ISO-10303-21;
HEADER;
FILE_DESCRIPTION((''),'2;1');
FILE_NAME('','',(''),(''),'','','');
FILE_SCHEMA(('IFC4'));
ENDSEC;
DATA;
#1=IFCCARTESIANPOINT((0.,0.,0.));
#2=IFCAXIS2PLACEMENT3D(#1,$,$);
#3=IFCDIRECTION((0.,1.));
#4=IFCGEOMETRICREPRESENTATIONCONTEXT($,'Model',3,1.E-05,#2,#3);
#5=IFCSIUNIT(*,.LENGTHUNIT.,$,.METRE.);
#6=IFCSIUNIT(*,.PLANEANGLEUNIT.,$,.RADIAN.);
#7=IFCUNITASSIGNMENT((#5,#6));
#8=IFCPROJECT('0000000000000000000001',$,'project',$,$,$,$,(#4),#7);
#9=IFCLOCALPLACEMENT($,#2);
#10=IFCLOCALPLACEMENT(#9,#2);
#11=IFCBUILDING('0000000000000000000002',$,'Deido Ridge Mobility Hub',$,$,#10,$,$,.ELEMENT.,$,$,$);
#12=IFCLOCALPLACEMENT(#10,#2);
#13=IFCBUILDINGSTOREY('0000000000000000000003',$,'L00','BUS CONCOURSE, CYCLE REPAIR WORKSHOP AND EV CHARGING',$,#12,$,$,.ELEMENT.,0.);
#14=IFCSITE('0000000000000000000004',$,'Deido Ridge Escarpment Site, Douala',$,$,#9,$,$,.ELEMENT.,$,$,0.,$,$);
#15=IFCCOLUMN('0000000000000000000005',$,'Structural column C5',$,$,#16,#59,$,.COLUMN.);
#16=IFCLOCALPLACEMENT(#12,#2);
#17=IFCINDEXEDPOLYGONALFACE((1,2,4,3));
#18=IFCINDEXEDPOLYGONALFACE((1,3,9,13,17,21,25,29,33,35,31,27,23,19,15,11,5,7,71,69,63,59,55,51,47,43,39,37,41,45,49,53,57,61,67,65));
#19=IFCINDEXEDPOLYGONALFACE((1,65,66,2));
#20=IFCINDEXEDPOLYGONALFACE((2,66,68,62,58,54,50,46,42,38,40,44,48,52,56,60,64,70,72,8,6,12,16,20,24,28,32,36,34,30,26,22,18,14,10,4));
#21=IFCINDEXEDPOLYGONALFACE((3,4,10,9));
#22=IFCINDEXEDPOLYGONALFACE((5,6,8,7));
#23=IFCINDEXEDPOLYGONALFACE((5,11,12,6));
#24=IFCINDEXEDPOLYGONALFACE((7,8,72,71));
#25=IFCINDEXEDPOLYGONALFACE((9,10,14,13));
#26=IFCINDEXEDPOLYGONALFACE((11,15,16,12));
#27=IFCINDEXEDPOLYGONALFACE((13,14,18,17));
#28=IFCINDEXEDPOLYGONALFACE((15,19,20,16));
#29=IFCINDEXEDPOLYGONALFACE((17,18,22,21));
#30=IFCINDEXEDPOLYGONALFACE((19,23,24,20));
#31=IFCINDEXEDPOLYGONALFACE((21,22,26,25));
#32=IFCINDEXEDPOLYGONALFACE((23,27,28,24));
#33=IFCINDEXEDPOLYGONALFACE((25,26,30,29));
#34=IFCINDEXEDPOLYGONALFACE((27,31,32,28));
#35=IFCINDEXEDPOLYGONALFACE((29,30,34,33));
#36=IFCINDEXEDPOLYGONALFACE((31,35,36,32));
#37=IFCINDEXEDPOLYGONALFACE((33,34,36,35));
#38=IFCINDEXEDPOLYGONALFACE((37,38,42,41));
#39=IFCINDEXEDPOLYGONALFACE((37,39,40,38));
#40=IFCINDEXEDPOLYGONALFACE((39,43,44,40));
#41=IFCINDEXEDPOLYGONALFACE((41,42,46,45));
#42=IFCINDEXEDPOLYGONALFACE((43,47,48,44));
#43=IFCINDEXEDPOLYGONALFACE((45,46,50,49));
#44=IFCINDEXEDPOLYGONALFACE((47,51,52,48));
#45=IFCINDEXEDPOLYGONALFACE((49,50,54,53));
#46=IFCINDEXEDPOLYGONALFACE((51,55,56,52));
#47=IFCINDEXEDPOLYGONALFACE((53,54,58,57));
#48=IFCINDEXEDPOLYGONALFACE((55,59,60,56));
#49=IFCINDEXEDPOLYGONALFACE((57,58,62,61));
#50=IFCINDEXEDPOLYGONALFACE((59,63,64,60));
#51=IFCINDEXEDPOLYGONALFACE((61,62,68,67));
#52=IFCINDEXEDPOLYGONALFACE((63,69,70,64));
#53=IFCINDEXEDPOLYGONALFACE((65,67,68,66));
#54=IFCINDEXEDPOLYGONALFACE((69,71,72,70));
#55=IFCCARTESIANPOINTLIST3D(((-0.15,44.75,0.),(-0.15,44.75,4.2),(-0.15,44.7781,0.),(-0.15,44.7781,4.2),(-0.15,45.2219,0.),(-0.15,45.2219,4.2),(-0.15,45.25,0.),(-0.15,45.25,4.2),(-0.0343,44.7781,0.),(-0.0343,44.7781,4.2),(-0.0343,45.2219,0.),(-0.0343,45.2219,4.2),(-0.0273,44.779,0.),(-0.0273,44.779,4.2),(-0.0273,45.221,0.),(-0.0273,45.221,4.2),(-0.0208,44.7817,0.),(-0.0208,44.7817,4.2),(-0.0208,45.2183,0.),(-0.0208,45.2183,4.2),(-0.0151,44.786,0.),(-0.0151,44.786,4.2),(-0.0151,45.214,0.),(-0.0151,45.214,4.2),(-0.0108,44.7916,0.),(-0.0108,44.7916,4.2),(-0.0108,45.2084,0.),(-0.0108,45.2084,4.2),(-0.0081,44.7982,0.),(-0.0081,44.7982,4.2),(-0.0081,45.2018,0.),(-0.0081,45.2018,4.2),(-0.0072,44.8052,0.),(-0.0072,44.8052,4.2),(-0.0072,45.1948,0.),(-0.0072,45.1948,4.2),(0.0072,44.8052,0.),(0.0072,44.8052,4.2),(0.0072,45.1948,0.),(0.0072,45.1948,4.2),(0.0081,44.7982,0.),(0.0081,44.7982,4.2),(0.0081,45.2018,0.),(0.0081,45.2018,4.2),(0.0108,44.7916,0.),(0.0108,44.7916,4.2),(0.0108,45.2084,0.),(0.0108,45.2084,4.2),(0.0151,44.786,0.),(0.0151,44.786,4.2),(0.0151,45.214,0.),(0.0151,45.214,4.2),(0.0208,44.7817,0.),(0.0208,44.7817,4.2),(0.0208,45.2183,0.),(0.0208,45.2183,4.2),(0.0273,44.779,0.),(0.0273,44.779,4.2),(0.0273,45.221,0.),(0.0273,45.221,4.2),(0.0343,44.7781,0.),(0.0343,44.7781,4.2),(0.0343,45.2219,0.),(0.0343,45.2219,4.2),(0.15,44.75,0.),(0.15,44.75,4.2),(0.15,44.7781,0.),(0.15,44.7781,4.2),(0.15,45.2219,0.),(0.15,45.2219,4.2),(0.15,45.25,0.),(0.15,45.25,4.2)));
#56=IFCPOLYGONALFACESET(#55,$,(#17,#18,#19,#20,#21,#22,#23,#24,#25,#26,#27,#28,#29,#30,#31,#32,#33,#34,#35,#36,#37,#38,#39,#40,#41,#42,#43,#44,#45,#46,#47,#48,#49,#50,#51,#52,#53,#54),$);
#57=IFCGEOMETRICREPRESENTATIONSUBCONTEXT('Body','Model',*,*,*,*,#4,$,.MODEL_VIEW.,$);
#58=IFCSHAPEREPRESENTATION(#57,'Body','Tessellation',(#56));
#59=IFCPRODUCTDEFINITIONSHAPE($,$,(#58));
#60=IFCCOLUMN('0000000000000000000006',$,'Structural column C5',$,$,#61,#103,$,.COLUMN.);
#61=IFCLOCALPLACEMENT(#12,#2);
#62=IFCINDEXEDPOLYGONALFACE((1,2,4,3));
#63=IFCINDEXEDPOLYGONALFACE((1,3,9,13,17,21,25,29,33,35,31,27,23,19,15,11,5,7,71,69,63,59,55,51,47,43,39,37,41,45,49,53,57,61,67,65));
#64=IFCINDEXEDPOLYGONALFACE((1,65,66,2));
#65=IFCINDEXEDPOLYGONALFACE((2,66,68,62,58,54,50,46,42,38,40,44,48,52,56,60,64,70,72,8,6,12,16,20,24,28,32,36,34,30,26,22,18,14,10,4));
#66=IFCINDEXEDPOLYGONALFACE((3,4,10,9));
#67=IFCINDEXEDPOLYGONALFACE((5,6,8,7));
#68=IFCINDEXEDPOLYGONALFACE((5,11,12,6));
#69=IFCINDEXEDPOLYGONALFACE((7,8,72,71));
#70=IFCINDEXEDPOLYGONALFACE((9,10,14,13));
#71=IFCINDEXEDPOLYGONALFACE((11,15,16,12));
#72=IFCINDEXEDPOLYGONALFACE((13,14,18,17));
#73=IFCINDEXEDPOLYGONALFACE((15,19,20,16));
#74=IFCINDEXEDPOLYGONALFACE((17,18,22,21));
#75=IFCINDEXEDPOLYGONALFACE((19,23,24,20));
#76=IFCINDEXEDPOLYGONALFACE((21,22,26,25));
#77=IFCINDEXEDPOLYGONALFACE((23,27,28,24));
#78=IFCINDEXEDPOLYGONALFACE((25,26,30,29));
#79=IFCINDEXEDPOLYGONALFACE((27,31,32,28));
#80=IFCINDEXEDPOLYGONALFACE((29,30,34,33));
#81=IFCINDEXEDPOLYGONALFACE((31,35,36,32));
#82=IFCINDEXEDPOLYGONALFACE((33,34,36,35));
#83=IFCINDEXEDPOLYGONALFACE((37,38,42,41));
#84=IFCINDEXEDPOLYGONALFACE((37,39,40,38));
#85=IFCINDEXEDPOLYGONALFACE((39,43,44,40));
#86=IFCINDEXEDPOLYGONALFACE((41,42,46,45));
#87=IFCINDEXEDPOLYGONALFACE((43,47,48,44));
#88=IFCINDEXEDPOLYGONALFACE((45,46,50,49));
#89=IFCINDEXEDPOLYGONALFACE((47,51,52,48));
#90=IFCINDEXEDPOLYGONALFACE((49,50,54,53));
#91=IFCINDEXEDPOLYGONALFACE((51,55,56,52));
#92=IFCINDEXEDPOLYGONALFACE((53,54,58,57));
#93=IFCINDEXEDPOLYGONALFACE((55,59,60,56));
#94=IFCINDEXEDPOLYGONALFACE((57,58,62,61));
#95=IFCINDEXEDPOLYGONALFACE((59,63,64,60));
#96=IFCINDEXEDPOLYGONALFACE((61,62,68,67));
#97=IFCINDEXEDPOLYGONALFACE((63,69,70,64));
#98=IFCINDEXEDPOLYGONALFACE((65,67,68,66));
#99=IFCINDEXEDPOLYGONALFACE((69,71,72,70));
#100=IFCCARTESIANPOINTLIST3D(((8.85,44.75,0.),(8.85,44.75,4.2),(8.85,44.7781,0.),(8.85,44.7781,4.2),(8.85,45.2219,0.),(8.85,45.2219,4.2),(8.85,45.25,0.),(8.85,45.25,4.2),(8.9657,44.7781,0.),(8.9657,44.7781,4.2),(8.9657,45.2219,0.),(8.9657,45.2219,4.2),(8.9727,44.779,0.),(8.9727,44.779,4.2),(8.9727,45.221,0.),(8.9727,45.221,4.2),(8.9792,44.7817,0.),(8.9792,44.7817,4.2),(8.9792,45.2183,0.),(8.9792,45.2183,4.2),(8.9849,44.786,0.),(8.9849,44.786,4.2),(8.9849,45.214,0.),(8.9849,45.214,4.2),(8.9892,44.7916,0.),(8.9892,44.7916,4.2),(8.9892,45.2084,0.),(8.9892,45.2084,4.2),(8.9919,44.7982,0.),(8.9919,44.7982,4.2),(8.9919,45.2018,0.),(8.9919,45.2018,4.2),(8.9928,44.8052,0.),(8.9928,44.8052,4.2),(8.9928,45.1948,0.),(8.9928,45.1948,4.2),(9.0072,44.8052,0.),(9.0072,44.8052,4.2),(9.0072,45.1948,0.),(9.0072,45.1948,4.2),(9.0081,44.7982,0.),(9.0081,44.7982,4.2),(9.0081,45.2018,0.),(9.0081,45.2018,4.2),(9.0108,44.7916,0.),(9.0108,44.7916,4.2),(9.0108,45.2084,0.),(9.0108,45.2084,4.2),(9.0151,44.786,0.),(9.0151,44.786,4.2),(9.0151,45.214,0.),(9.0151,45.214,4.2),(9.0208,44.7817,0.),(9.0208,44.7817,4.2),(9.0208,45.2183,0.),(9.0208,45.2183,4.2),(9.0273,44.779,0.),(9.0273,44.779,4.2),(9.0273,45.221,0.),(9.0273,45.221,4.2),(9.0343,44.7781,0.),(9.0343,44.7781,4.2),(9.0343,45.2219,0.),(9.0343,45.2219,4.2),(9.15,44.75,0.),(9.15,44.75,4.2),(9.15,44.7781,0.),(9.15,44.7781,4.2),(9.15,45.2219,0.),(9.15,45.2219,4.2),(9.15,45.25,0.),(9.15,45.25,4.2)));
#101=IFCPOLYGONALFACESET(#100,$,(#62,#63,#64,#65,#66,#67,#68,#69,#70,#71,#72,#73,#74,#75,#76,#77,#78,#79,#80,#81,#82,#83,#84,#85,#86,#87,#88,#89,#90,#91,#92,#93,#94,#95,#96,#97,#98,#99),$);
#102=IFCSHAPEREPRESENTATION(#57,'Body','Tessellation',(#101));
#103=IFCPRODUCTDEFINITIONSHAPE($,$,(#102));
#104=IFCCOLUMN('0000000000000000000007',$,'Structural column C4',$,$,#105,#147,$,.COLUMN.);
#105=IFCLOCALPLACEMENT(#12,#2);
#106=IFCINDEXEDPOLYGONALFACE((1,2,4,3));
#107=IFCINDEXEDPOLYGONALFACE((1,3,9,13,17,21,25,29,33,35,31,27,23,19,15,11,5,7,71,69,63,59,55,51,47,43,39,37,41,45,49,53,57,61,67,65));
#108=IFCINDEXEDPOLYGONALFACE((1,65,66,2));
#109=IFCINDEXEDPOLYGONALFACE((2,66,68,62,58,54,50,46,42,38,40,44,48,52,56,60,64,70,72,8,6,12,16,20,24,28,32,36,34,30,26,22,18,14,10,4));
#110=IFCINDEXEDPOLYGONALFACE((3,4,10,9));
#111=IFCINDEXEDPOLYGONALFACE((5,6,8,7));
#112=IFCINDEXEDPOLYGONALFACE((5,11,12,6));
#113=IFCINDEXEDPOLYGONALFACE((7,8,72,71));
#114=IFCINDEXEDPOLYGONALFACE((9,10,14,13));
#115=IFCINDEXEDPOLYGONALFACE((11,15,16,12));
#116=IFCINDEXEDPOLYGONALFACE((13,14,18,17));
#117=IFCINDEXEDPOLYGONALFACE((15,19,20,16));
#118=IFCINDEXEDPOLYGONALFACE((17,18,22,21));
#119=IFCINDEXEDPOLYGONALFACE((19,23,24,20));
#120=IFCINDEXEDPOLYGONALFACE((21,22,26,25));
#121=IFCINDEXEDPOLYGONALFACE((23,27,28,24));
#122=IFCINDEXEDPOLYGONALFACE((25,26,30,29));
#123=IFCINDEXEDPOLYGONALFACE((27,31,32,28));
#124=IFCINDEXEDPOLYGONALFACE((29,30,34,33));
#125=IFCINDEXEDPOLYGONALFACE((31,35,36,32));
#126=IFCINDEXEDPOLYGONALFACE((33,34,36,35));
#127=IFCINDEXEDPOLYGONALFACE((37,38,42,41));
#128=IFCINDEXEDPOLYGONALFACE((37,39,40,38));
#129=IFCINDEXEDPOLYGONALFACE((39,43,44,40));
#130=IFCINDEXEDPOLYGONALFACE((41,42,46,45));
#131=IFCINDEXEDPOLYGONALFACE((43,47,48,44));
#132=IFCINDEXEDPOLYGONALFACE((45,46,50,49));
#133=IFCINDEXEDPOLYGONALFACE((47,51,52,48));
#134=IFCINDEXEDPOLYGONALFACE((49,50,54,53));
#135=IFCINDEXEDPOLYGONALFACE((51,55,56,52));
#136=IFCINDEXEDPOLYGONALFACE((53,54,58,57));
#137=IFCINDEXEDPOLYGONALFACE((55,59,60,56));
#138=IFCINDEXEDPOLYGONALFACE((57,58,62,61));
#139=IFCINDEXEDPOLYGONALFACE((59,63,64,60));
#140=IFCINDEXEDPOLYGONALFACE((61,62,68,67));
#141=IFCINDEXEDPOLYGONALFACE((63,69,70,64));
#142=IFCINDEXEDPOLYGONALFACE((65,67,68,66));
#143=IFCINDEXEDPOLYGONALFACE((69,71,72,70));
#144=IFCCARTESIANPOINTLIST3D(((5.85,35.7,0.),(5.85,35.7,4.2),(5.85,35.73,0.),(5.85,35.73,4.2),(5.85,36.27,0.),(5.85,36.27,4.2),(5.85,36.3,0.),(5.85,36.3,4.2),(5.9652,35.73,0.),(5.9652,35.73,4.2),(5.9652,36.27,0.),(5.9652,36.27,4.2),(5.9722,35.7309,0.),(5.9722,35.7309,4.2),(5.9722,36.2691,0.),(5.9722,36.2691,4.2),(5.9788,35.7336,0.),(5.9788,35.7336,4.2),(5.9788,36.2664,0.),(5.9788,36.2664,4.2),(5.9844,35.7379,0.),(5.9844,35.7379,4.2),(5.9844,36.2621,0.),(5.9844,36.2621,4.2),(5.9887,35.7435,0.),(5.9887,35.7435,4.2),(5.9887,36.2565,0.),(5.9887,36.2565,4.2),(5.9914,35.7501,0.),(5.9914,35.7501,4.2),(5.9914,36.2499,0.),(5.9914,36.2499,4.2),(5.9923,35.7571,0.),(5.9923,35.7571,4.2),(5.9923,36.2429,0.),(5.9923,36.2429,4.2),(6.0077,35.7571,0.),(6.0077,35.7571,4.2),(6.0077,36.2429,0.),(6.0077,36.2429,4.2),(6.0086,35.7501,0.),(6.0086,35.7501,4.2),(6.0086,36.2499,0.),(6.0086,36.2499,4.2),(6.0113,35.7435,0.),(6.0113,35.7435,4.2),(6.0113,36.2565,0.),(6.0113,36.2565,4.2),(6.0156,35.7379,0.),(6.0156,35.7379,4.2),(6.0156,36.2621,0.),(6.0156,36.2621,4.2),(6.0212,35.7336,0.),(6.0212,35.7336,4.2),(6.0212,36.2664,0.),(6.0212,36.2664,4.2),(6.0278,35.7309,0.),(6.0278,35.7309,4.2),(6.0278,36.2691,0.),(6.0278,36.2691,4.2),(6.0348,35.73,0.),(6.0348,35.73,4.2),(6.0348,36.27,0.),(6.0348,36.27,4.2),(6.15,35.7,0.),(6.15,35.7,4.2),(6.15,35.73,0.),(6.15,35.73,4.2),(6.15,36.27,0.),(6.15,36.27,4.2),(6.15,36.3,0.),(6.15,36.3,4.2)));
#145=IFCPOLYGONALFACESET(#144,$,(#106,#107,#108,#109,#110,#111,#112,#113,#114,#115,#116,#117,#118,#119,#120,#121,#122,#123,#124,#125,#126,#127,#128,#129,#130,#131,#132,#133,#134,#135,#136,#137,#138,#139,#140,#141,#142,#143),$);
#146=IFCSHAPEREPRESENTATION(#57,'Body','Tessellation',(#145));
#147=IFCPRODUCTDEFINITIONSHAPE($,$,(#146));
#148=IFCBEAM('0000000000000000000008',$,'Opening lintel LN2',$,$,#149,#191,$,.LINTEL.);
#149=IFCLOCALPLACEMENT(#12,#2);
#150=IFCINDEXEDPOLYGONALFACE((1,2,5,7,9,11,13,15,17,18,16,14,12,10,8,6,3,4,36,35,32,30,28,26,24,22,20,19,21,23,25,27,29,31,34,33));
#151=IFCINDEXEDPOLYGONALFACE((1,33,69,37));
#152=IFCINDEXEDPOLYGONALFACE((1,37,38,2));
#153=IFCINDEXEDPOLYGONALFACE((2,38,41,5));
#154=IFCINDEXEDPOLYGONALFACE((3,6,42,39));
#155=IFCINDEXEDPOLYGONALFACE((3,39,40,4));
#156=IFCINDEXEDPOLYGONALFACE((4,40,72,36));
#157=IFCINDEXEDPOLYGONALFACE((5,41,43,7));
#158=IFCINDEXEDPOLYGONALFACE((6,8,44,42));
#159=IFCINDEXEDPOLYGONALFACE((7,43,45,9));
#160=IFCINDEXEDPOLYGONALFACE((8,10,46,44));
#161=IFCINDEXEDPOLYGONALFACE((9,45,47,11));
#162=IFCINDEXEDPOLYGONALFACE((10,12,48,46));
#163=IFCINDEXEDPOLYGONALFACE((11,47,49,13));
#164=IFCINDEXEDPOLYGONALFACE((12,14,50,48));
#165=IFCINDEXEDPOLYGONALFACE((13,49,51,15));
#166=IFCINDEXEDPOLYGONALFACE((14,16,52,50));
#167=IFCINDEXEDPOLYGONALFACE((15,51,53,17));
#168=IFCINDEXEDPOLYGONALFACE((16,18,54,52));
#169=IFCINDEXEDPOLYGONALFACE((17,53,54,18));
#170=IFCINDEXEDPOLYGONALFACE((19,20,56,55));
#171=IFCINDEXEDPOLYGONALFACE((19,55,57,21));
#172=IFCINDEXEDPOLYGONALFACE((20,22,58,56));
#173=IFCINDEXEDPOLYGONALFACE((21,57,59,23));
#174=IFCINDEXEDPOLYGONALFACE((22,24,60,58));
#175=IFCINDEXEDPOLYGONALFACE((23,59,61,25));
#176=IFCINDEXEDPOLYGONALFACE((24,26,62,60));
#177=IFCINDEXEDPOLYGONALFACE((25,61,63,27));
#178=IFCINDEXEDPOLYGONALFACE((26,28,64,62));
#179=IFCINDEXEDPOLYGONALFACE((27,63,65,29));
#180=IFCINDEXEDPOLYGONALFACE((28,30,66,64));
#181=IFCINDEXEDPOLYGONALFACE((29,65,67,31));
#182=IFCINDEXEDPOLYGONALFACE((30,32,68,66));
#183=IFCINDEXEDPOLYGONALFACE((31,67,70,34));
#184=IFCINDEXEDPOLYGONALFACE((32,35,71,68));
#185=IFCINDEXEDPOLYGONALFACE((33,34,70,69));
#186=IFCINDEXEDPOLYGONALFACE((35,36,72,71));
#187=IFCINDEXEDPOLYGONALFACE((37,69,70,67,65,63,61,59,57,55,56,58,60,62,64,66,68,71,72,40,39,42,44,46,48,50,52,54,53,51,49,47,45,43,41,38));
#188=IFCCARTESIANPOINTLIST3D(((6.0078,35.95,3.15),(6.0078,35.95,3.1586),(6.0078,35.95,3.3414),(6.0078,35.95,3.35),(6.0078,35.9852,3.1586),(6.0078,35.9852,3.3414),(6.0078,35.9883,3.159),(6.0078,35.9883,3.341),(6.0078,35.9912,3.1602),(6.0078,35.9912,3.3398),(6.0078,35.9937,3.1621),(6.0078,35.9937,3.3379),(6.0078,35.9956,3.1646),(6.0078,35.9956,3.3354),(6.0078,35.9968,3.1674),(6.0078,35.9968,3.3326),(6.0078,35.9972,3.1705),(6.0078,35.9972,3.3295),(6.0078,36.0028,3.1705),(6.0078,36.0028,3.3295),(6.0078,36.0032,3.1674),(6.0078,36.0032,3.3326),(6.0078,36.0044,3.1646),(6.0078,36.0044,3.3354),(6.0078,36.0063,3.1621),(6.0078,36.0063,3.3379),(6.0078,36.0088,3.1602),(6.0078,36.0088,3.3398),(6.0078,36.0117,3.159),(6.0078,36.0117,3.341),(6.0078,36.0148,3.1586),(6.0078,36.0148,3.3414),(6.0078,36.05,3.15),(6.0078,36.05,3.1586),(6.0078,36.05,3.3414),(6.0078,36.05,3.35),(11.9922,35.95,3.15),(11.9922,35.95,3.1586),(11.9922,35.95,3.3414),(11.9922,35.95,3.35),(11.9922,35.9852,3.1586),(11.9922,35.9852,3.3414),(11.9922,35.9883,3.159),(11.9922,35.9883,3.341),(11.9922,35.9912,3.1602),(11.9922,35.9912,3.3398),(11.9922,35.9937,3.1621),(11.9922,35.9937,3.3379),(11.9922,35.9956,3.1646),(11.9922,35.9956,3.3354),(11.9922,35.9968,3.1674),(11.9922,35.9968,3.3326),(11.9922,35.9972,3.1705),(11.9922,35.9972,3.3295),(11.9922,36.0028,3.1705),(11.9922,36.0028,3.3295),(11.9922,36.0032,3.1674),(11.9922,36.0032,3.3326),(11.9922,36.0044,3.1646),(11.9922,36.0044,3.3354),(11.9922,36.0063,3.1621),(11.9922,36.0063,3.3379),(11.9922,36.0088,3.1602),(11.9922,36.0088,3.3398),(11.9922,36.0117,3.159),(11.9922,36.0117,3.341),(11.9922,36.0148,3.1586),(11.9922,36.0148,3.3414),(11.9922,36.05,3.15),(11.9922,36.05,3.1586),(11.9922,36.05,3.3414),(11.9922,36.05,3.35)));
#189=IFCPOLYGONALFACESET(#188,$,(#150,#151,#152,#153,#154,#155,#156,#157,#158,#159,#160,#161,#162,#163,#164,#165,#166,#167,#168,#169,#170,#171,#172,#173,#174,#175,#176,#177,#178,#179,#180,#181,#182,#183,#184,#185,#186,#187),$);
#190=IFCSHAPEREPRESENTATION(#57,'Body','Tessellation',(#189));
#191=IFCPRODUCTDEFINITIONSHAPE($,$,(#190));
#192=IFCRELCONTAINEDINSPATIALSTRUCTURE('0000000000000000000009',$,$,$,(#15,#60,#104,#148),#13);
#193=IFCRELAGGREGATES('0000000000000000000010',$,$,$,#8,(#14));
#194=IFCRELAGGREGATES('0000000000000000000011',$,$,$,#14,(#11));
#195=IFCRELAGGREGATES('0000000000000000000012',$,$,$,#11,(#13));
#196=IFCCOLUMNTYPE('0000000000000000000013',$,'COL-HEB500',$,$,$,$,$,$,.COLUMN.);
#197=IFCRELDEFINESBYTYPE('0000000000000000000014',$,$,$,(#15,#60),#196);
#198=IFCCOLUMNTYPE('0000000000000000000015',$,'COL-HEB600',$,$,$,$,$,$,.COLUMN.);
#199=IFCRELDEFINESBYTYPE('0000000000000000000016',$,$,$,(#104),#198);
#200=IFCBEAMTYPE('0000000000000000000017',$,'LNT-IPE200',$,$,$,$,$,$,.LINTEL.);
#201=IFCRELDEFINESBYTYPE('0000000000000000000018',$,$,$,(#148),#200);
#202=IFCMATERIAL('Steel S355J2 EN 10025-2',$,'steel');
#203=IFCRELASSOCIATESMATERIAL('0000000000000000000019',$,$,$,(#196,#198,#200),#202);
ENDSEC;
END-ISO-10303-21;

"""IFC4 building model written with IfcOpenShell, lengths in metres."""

from ifc_helpers import new_model, si_unit, direction, frame, origin, origin_2d, place, context, subcontext, project, spatial, i_section, extrude, material, material_profile, profile_set, type_object, element, save


model = new_model("IFC4")

# Units and contexts
model_context = context("Model", 3, precision=1e-05, world=origin(), true_north=direction((0.0, 1.0)))
body_context = subcontext(model_context, "Body", "Model", "MODEL_VIEW")
ifc_project = project(units=[si_unit("LENGTHUNIT", "METRE"), si_unit("PLANEANGLEUNIT", "RADIAN")], contexts=[model_context])

# Site, building, storey
site_placement = place(None, origin())
site = spatial("IfcSite", under=ifc_project, at=site_placement, Name="Deido Ridge Escarpment Site, Douala", CompositionType="ELEMENT", RefElevation=0.0)
building_placement = place(site_placement, origin())
building = spatial("IfcBuilding", under=site, at=building_placement, Name="Deido Ridge Mobility Hub", CompositionType="ELEMENT")
storey_placement = place(building_placement, origin())
storey = spatial("IfcBuildingStorey", under=building, at=storey_placement, Name="L00", Description="BUS CONCOURSE, CYCLE REPAIR WORKSHOP AND EV CHARGING", CompositionType="ELEMENT", Elevation=0.0)

# Columns
ifc_material_1 = material(Name="Steel S355J2 EN 10025-2", Category="steel")
ifc_material_profile_1 = material_profile(ifc_material_1, i_section(OverallWidth=0.3, OverallDepth=0.5, WebThickness=0.0144, FlangeThickness=0.0281, FilletRadius=0.0271, at=origin_2d()), Name="HEB 500")
ifc_profile_set_1 = profile_set([ifc_material_profile_1], Name="Steel S355J2 EN 10025-2")
column_type_1 = type_object("IfcColumnType", Name="COL-HEB500", PredefinedType="COLUMN", material=ifc_profile_set_1)
for number, where, z_axis, x_axis, name in (
    (1, (0.0, 45.0, 0.0), (0.0, 0.0, 1.0), (1.0, 0.0, 0.0), "Structural column C5"),
    (2, (9.0, 45.0, 0.0), (0.0, 0.0, 1.0), (1.0, 0.0, 0.0), "Structural column C5"),
):
    element("IfcColumn", number, at=place(storey_placement, frame(where, z_axis=z_axis, x_axis=x_axis)), inside=storey, type_object=column_type_1, Name=name, PredefinedType="COLUMN", context=body_context, shape_type="SweptSolid", body=[
        extrude(i_section(OverallWidth=0.3, OverallDepth=0.5, WebThickness=0.0144, FlangeThickness=0.0281, FilletRadius=0.0271, at=origin_2d()), origin(), (0.0, 0.0, 1.0), 4.2),
    ])
ifc_material_profile_2 = material_profile(ifc_material_1, i_section(OverallWidth=0.3, OverallDepth=0.6001, WebThickness=0.0154, FlangeThickness=0.03, FilletRadius=0.0271, at=origin_2d()), Name="HEB 600")
ifc_profile_set_2 = profile_set([ifc_material_profile_2], Name="Steel S355J2 EN 10025-2")
column_type_2 = type_object("IfcColumnType", Name="COL-HEB600", PredefinedType="COLUMN", material=ifc_profile_set_2)
column_placement = place(storey_placement, frame((6.0, 36.0, 0.0), z_axis=(0.0, 0.0, 1.0), x_axis=(1.0, 0.0, 0.0)))
element("IfcColumn", 3, at=column_placement, inside=storey, type_object=column_type_2, Name="Structural column C4", PredefinedType="COLUMN", context=body_context, shape_type="SweptSolid", body=[
    extrude(i_section(OverallWidth=0.3, OverallDepth=0.6001, WebThickness=0.0154, FlangeThickness=0.03, FilletRadius=0.0271, at=origin_2d()), origin(), (0.0, 0.0, 1.0), 4.2),
])

# Beam
ifc_material_profile_3 = material_profile(ifc_material_1, i_section(OverallWidth=0.1001, OverallDepth=0.2, WebThickness=0.0056, FlangeThickness=0.0085, FilletRadius=0.012, at=origin_2d()), Name="IPE 200")
ifc_profile_set_3 = profile_set([ifc_material_profile_3], Name="Steel S355J2 EN 10025-2")
beam_type_1 = type_object("IfcBeamType", Name="LNT-IPE200", PredefinedType="LINTEL", material=ifc_profile_set_3)
beam_1_placement = place(storey_placement, frame((6.0078, 36.0, 3.25), z_axis=(1.0, 0.0, 0.0), x_axis=(0.0, 1.0, 0.0)))
element("IfcBeam", 4, at=beam_1_placement, inside=storey, type_object=beam_type_1, Name="Opening lintel LN2", PredefinedType="LINTEL", context=body_context, shape_type="SweptSolid", body=[
    extrude(i_section(OverallWidth=0.1001, OverallDepth=0.2, WebThickness=0.0056, FlangeThickness=0.0085, FilletRadius=0.012, at=origin_2d()), origin(), (0.0, 0.0, 1.0), 5.9844),
])

save(model, "model.ifc")
